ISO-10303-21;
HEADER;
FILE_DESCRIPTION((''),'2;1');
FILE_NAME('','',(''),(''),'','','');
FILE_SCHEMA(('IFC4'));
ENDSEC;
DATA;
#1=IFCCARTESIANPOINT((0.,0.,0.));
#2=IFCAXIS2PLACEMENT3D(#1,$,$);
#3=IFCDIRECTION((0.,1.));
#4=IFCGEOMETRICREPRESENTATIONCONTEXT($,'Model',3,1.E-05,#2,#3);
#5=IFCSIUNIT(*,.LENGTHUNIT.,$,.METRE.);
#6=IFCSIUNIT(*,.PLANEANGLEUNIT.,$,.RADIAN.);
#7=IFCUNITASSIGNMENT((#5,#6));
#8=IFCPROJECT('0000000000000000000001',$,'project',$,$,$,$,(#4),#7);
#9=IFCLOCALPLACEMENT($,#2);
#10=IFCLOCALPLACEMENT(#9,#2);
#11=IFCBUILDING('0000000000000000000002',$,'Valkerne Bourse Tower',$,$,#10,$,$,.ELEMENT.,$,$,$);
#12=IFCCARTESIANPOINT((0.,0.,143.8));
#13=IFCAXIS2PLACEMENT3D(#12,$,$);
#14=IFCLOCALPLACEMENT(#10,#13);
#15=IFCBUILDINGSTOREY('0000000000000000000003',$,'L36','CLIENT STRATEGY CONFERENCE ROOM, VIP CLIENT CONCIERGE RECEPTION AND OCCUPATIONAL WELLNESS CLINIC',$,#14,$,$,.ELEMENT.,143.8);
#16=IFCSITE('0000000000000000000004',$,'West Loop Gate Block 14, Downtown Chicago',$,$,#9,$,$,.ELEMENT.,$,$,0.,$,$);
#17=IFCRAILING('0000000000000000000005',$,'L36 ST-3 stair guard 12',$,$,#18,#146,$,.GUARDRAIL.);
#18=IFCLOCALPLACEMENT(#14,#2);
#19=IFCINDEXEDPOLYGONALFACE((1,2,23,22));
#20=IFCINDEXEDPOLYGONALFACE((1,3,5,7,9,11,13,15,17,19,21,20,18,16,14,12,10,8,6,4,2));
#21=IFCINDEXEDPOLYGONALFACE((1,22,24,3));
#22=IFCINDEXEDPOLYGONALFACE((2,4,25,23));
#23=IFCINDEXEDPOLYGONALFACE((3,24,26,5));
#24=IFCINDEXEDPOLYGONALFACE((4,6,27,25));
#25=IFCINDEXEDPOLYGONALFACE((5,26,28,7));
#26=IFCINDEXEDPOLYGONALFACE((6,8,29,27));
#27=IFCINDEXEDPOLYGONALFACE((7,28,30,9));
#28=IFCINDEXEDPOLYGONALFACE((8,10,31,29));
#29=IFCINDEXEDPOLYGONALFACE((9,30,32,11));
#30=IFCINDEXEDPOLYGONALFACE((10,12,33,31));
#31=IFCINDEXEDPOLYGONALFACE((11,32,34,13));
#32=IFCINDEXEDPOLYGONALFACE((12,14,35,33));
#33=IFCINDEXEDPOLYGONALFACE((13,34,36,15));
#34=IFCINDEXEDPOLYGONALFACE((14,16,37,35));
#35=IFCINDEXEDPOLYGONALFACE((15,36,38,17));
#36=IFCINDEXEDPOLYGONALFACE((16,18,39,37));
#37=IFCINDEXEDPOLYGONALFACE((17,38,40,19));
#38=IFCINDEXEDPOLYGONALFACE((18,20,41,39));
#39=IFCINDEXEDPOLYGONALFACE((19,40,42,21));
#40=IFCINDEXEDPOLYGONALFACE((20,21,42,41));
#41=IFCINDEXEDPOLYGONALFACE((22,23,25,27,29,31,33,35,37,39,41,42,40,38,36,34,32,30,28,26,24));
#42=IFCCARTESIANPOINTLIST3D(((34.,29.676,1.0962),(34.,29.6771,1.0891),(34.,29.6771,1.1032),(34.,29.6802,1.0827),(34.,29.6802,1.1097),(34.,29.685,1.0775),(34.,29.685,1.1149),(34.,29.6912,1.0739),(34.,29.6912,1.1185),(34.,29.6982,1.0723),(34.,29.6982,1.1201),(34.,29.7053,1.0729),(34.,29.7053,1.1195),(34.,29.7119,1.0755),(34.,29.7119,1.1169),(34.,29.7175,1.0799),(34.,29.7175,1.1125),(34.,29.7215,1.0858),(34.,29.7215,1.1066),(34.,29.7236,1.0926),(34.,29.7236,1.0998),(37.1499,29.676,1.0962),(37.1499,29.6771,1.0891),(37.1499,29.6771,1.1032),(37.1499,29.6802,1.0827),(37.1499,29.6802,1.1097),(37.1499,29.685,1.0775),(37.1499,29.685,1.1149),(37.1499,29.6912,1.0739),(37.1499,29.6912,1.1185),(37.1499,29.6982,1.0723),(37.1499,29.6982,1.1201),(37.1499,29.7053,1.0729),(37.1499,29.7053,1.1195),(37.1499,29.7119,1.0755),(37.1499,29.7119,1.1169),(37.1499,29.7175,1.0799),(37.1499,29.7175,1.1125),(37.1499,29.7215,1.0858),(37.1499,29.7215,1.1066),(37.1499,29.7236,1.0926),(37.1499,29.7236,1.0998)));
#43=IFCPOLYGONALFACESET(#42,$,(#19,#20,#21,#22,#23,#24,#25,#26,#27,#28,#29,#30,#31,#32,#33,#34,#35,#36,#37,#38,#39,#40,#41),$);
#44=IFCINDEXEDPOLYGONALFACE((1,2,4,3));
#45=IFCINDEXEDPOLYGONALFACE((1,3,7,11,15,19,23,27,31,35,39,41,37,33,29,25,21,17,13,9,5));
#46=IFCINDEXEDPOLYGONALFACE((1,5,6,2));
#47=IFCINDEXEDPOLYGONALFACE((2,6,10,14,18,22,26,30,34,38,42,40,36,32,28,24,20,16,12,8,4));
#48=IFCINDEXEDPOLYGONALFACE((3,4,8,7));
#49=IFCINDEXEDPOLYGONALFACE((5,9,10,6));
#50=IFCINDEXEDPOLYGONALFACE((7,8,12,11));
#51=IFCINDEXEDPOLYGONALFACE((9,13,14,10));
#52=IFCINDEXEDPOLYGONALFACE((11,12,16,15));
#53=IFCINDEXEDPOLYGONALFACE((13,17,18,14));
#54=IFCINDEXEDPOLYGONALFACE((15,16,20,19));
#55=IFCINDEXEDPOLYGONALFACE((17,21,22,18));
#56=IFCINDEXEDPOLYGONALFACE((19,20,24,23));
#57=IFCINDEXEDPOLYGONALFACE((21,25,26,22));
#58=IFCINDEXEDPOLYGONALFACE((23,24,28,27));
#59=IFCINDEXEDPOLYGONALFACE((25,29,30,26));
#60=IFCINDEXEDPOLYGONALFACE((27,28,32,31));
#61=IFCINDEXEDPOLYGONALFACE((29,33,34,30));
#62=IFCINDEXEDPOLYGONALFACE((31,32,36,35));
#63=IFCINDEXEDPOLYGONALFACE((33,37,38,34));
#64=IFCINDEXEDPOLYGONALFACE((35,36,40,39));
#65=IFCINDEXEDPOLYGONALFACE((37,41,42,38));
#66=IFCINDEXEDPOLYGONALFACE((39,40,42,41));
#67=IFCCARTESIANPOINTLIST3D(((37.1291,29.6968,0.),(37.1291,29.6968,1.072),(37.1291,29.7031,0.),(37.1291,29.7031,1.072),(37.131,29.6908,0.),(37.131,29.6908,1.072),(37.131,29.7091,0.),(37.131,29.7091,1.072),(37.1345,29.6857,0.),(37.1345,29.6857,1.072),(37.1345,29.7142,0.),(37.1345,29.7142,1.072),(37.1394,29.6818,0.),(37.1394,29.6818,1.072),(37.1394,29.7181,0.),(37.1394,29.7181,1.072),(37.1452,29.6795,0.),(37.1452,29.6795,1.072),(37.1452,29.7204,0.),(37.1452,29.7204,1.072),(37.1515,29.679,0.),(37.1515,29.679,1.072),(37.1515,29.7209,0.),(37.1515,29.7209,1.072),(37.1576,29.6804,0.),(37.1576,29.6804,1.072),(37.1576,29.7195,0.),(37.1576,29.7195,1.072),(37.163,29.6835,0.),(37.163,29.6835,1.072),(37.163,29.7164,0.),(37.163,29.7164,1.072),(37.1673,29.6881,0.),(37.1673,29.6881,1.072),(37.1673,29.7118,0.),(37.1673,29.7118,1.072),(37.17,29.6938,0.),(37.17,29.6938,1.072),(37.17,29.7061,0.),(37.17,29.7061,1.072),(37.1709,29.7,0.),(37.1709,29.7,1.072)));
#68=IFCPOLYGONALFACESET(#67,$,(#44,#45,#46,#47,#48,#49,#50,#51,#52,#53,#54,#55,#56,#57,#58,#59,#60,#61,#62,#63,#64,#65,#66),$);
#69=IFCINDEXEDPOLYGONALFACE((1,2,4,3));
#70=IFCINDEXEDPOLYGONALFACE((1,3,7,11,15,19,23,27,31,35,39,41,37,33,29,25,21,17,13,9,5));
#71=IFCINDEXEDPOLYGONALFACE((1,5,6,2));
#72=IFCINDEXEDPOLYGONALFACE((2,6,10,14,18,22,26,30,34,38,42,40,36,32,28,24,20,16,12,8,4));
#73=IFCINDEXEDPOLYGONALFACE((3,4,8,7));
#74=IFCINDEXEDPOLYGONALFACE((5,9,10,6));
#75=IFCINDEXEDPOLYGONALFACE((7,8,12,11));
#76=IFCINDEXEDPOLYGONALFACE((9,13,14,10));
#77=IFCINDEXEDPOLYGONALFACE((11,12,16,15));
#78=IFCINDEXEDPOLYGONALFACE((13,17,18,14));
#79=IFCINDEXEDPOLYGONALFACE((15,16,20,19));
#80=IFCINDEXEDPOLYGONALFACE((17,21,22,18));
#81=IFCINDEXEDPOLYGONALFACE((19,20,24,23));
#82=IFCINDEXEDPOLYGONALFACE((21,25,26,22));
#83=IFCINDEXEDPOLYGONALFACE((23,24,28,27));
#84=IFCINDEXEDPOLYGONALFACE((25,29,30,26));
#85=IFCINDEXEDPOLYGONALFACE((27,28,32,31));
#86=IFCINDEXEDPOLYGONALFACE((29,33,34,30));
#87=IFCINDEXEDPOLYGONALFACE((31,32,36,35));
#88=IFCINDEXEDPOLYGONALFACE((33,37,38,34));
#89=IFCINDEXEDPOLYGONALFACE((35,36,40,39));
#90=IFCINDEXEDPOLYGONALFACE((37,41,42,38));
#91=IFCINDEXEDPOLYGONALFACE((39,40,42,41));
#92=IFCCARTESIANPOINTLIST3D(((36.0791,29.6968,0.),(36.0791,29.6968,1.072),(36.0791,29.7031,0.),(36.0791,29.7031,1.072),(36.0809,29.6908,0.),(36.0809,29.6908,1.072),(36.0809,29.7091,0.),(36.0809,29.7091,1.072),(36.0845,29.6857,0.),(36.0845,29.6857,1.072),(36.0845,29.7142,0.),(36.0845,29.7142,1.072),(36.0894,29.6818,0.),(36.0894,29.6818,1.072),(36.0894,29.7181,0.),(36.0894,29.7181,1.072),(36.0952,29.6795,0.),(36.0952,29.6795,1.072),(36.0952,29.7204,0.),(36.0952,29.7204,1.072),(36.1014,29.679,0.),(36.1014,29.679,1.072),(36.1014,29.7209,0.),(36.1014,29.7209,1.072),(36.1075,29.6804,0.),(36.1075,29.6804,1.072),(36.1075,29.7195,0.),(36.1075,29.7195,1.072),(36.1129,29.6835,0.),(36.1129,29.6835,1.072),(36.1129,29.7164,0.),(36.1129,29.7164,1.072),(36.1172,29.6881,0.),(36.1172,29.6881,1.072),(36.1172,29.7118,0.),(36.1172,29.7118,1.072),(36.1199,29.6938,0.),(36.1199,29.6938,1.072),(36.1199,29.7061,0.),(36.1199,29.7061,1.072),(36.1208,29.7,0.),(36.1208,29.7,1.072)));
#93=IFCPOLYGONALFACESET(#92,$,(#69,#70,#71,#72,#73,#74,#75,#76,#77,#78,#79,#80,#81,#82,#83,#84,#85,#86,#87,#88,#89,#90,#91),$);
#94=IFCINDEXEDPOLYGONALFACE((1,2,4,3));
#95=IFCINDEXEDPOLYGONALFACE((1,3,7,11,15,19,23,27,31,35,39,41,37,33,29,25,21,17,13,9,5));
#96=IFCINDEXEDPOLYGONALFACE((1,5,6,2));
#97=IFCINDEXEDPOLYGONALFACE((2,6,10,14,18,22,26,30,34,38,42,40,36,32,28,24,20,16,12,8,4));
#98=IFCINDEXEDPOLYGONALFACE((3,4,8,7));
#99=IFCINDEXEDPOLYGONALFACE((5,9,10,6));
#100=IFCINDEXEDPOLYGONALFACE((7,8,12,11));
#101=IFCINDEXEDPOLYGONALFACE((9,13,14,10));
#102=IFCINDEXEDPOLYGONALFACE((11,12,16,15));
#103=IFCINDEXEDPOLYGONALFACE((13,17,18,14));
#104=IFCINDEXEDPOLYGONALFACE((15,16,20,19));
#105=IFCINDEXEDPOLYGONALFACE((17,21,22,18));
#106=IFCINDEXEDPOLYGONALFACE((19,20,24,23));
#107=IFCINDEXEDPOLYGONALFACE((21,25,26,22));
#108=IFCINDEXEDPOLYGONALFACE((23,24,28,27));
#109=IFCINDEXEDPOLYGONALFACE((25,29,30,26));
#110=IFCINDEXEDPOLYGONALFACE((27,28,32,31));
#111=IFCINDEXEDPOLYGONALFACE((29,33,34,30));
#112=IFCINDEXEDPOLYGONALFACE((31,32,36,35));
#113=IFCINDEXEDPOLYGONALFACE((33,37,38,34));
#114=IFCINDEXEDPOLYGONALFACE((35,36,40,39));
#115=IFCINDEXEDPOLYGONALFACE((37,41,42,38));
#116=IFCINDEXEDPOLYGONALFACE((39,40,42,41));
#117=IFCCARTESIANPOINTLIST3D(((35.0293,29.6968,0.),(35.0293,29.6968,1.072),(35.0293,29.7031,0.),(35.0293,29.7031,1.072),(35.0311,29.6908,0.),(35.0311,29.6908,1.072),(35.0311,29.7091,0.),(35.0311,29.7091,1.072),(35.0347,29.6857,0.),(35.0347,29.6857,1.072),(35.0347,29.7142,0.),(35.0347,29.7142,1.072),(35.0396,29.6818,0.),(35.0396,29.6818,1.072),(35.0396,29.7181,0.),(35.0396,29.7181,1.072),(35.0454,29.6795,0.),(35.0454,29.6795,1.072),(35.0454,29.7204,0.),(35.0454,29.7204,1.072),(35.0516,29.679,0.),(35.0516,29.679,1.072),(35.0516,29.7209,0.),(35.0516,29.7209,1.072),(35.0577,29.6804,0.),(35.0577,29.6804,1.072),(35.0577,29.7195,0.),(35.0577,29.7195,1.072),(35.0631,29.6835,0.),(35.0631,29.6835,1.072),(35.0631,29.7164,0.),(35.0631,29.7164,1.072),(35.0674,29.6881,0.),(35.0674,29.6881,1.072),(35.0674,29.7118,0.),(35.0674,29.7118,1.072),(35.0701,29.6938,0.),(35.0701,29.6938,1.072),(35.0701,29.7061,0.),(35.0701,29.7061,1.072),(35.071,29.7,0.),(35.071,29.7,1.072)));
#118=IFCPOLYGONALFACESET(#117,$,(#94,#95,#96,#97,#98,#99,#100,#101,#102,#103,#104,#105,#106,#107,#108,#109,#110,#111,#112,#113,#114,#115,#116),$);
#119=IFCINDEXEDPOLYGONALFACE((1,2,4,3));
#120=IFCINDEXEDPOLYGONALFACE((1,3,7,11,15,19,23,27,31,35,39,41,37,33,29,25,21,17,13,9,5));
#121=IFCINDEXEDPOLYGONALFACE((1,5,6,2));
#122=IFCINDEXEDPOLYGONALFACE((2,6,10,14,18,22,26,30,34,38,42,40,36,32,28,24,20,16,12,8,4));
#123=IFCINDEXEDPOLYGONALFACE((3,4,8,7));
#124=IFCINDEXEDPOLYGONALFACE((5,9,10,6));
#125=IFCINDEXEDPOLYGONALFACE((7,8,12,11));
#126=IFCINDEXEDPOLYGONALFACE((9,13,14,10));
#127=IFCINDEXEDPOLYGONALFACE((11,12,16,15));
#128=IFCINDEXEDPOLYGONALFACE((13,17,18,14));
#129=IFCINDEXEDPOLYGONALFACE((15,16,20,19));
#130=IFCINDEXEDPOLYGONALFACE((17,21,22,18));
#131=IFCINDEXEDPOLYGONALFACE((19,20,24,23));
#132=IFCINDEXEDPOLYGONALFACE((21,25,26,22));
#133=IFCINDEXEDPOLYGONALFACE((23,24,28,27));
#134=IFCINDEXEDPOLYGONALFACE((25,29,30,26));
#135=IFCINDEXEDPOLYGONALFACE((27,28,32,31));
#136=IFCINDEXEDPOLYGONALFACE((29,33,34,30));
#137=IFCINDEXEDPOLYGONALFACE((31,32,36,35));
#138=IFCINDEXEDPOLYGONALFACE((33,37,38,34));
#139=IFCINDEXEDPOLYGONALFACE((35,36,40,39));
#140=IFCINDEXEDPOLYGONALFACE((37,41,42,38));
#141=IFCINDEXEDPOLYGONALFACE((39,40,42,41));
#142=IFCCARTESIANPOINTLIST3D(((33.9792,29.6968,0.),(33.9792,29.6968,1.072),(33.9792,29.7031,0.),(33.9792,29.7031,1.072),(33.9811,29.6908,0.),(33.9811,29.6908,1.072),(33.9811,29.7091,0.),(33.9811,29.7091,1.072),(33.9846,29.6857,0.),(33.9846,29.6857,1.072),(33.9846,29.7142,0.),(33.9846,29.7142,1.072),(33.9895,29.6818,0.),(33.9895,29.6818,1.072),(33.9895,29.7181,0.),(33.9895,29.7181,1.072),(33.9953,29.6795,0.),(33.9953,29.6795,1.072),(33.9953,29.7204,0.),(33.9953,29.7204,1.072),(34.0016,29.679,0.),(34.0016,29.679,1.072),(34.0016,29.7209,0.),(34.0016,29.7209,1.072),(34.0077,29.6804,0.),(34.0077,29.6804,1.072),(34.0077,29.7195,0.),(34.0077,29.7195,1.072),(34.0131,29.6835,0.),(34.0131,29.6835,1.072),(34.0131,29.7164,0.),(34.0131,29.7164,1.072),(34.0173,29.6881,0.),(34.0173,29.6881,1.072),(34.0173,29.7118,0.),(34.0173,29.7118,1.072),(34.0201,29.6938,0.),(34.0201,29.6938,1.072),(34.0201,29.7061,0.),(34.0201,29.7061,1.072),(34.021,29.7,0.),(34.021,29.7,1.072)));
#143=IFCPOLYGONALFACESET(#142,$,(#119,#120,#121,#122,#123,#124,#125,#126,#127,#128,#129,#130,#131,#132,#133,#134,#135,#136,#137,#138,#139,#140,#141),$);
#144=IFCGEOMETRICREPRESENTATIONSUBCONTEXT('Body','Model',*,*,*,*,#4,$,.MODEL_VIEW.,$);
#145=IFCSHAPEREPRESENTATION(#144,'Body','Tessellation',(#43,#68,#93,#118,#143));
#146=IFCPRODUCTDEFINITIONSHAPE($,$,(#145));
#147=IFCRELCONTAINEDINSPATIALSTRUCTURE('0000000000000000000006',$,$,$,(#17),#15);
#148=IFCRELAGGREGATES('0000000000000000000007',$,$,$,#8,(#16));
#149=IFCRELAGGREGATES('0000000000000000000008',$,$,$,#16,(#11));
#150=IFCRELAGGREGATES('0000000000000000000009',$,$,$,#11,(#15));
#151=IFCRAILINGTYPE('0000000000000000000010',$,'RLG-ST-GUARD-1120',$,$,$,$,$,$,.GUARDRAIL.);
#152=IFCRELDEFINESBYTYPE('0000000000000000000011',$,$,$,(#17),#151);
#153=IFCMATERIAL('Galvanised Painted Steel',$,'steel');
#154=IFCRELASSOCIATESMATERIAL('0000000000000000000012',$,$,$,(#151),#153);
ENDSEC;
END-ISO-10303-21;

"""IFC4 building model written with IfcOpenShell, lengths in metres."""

from ifc_helpers import new_model, si_unit, direction, frame, origin, origin_2d, place, context, subcontext, project, spatial, circle, extrude, material, type_object, element, save


model = new_model("IFC4")

# Units and contexts
model_context = context("Model", 3, precision=1e-05, world=origin(), true_north=direction((0.0, 1.0)))
body_context = subcontext(model_context, "Body", "Model", "MODEL_VIEW")
ifc_project = project(units=[si_unit("LENGTHUNIT", "METRE"), si_unit("PLANEANGLEUNIT", "RADIAN")], contexts=[model_context])

# Site, building, storey
site_placement = place(None, origin())
site = spatial("IfcSite", under=ifc_project, at=site_placement, Name="West Loop Gate Block 14, Downtown Chicago", CompositionType="ELEMENT", RefElevation=0.0)
building_placement = place(site_placement, origin())
building = spatial("IfcBuilding", under=site, at=building_placement, Name="Valkerne Bourse Tower", CompositionType="ELEMENT")
storey_placement = place(building_placement, frame((0.0, 0.0, 143.8)))
storey = spatial("IfcBuildingStorey", under=building, at=storey_placement, Name="L36", Description="CLIENT STRATEGY CONFERENCE ROOM, VIP CLIENT CONCIERGE RECEPTION AND OCCUPATIONAL WELLNESS CLINIC", CompositionType="ELEMENT", Elevation=143.8)

# Railing
ifc_material_1 = material(Name="Galvanised Painted Steel", Category="steel")
railing_type_1 = type_object("IfcRailingType", Name="RLG-ST-GUARD-1120", PredefinedType="GUARDRAIL", material=ifc_material_1)
railing_1_placement = place(storey_placement, frame((37.1499, 29.7, 0.0)))
element("IfcRailing", 1, at=railing_1_placement, inside=storey, type_object=railing_type_1, Name="L36 ST-3 stair guard 12", PredefinedType="GUARDRAIL", context=body_context, shape_type="SweptSolid", body=[
    extrude(circle(Radius=0.0239, at=origin_2d()), frame((0.0, 0.0, 1.0962), z_axis=(-1.0, 0.0, 0.0), x_axis=(0.0, -1.0, 0.0)), (0.0, 0.0, 1.0), 3.1499),
    extrude(circle(Radius=0.021, at=origin_2d()), origin(), (0.0, 0.0, 1.0), 1.072),
    extrude(circle(Radius=0.021, at=origin_2d()), frame((-1.05, 0.0, 0.0)), (0.0, 0.0, 1.0), 1.072),
    extrude(circle(Radius=0.021, at=origin_2d()), frame((-2.0999, 0.0, 0.0)), (0.0, 0.0, 1.0), 1.072),
    extrude(circle(Radius=0.021, at=origin_2d()), frame((-3.1499, 0.0, 0.0)), (0.0, 0.0, 1.0), 1.072),
])

save(model, "model.ifc")
